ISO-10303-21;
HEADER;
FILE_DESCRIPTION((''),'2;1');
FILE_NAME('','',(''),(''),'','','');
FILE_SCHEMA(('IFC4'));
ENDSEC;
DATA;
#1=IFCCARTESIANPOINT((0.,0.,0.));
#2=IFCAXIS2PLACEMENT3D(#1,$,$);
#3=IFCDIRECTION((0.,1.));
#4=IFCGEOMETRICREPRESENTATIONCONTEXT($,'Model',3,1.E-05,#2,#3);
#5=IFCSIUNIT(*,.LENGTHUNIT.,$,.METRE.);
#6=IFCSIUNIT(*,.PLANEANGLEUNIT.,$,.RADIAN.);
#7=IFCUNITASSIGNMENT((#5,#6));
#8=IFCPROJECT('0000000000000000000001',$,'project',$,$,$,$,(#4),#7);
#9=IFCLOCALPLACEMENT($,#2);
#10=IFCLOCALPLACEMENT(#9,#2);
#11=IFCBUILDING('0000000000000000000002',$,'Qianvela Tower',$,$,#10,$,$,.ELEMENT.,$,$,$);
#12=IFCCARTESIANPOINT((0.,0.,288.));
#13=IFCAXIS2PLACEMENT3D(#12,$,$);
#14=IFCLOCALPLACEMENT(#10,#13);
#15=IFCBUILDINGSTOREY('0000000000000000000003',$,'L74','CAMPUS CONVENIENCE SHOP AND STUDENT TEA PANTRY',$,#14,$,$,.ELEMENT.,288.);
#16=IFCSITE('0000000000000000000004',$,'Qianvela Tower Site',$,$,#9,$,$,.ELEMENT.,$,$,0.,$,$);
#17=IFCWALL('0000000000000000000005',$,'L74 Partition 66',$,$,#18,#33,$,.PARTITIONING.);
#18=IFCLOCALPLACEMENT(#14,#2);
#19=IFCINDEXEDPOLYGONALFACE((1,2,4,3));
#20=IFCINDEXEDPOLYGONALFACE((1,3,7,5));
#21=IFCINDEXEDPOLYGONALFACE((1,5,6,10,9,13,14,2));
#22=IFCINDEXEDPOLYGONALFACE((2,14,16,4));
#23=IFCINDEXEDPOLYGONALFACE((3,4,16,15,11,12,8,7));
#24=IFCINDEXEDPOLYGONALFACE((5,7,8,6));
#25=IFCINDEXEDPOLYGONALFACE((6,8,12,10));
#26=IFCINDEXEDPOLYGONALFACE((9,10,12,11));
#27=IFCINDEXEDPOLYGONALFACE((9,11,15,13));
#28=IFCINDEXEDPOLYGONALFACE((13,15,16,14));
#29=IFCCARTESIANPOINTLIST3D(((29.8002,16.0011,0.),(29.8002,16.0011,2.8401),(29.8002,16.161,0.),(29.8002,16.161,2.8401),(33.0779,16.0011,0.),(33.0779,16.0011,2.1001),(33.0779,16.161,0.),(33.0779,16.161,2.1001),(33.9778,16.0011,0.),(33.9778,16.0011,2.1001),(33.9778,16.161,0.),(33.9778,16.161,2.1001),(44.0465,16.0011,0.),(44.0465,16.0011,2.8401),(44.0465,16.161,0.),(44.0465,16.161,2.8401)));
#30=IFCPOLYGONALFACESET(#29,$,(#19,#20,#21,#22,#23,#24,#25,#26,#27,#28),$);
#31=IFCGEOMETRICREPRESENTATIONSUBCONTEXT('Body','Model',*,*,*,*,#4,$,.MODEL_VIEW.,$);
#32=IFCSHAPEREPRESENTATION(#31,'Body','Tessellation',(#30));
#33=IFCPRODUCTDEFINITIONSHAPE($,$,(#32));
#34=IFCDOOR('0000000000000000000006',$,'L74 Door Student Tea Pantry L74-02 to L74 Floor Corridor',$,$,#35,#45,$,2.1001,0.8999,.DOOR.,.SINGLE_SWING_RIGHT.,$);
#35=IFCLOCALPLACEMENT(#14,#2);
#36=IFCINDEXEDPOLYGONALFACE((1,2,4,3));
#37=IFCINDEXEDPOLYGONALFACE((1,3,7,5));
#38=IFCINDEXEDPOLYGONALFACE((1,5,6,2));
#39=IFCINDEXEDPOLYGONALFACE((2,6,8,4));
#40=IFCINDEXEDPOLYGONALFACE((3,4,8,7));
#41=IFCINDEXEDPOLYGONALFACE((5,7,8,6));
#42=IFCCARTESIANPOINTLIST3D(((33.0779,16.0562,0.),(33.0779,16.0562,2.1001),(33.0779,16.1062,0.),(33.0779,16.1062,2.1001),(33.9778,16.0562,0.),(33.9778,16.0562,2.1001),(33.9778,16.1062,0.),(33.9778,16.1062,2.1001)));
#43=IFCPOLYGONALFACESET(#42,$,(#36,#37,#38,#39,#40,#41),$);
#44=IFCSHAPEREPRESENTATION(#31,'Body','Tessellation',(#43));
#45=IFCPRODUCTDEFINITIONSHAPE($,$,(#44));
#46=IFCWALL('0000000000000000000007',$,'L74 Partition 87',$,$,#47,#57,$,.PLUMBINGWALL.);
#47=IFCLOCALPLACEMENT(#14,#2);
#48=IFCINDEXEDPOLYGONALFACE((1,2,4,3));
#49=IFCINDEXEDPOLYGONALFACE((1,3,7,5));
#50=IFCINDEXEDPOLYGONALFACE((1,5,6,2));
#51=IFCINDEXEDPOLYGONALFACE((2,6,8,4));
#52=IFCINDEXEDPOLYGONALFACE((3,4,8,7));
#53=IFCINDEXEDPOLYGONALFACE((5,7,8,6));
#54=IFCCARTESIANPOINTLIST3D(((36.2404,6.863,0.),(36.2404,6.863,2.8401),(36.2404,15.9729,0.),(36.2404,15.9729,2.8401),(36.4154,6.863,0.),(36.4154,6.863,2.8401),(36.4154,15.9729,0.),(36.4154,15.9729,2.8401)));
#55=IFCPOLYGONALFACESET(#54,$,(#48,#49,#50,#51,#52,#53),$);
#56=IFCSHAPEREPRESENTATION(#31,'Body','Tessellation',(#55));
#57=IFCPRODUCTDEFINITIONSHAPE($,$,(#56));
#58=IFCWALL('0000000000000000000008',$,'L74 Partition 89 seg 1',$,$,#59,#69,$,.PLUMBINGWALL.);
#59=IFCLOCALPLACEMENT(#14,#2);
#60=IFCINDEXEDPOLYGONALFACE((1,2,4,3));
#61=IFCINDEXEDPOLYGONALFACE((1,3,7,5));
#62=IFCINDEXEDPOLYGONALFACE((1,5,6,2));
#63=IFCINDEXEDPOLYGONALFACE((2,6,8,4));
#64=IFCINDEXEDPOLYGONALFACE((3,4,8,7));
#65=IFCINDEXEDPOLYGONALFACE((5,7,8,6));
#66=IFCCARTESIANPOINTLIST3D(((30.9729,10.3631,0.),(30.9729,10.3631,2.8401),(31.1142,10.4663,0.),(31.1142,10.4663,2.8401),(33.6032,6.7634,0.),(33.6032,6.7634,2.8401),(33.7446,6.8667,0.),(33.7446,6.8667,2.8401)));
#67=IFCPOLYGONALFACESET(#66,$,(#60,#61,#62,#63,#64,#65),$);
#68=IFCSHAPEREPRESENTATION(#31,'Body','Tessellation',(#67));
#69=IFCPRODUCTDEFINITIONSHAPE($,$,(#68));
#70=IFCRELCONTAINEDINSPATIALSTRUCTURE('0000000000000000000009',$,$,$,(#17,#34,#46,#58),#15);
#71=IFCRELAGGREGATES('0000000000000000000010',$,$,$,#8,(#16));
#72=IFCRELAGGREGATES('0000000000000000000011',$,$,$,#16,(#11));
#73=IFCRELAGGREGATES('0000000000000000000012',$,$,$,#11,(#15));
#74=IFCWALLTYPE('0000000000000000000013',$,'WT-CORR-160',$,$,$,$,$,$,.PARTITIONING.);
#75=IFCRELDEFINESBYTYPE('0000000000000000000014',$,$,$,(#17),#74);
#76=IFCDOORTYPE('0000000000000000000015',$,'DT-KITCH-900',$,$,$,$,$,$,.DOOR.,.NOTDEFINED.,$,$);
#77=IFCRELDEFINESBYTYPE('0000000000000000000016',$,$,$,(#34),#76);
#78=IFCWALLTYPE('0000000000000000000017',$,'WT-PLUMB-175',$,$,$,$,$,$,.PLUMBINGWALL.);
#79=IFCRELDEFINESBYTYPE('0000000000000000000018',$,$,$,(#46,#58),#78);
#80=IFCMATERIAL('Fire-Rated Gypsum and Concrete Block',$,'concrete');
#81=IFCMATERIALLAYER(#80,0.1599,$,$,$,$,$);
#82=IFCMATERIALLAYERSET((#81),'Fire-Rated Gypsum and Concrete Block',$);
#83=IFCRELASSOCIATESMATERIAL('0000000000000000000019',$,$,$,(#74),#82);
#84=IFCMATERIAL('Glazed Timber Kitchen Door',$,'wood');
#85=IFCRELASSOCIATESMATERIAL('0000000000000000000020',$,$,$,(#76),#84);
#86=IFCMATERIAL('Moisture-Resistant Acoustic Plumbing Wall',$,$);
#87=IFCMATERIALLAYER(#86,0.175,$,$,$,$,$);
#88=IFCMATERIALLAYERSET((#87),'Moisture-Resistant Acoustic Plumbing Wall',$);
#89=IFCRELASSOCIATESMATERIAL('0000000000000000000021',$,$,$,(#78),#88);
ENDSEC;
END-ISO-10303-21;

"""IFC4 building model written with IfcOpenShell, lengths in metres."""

from ifc_helpers import new_model, si_unit, direction, frame, frame_2d, origin, place, context, subcontext, project, spatial, rectangle, extrude, material, layer, layer_set, type_object, element, fill, save


model = new_model("IFC4")

# Units and contexts
model_context = context("Model", 3, precision=1e-05, world=origin(), true_north=direction((0.0, 1.0)))
body_context = subcontext(model_context, "Body", "Model", "MODEL_VIEW")
ifc_project = project(units=[si_unit("LENGTHUNIT", "METRE"), si_unit("PLANEANGLEUNIT", "RADIAN")], contexts=[model_context])

# Site, building, storey
site_placement = place(None, origin())
site = spatial("IfcSite", under=ifc_project, at=site_placement, Name="Qianvela Tower Site", CompositionType="ELEMENT", RefElevation=0.0)
building_placement = place(site_placement, origin())
building = spatial("IfcBuilding", under=site, at=building_placement, Name="Qianvela Tower", CompositionType="ELEMENT")
storey_placement = place(building_placement, frame((0.0, 0.0, 288.0)))
storey = spatial("IfcBuildingStorey", under=building, at=storey_placement, Name="L74", Description="CAMPUS CONVENIENCE SHOP AND STUDENT TEA PANTRY", CompositionType="ELEMENT", Elevation=288.0)

# Shared definitions
ifc_material_1 = material(Name="Fire-Rated Gypsum and Concrete Block", Category="concrete")
ifc_layer_1 = layer(ifc_material_1, 0.1599)
ifc_layer_set_1 = layer_set([ifc_layer_1], Name="Fire-Rated Gypsum and Concrete Block")
wall_type_1 = type_object("IfcWallType", Name="WT-CORR-160", PredefinedType="PARTITIONING", material=ifc_layer_set_1)

# Wall, opening, door
wall_1_placement = place(storey_placement, frame((44.0464, 16.0811, 0.0), z_axis=(0.0, 0.0, 1.0), x_axis=(-1.0, 0.0, 0.0)))
wall_1 = element("IfcWall", 1, at=wall_1_placement, inside=storey, type_object=wall_type_1, Name="L74 Partition 66", PredefinedType="PARTITIONING", context=body_context, shape_type="SweptSolid", body=[
    extrude(rectangle(XDim=14.2463, YDim=0.1599, at=frame_2d((7.123, 0.0))), origin(), (0.0, 0.0, 1.0), 2.8401),
])
opening_1_placement = place(wall_1_placement, frame((10.0686, 0.0, 0.0)))
opening_1 = element("IfcOpeningElement", 2, at=opening_1_placement, cuts=wall_1, PredefinedType="OPENING", context=body_context, shape_type="SweptSolid", body=[
    extrude(rectangle(XDim=0.8999, YDim=2.1001, at=frame_2d((0.45, 1.05))), frame((0.0, 0.0898, 0.0), z_axis=(0.0, -1.0, 0.0), x_axis=(1.0, 0.0, 0.0)), (0.0, 0.0, 1.0), 0.1799),
])
ifc_material_2 = material(Name="Glazed Timber Kitchen Door", Category="wood")
door_type_1 = type_object("IfcDoorType", Name="DT-KITCH-900", OperationType="NOTDEFINED", PredefinedType="DOOR", material=ifc_material_2)
door_1_placement = place(opening_1_placement, origin())
door_1 = element("IfcDoor", 3, at=door_1_placement, inside=storey, type_object=door_type_1, Name="L74 Door Student Tea Pantry L74-02 to L74 Floor Corridor", OperationType="SINGLE_SWING_RIGHT", OverallHeight=2.1001, OverallWidth=0.8999, PredefinedType="DOOR", context=body_context, shape_type="SweptSolid", body=[
    extrude(rectangle(XDim=0.8999, YDim=2.1001, at=frame_2d((0.45, 1.05))), frame((0.0, 0.0249, 0.0), z_axis=(0.0, -1.0, 0.0), x_axis=(1.0, 0.0, 0.0)), (0.0, 0.0, 1.0), 0.05),
])
fill(opening_1, door_1)

# Walls
ifc_material_3 = material(Name="Moisture-Resistant Acoustic Plumbing Wall")
ifc_layer_2 = layer(ifc_material_3, 0.175)
ifc_layer_set_2 = layer_set([ifc_layer_2], Name="Moisture-Resistant Acoustic Plumbing Wall")
wall_type_2 = type_object("IfcWallType", Name="WT-PLUMB-175", PredefinedType="PLUMBINGWALL", material=ifc_layer_set_2)
wall_2_placement = place(storey_placement, frame((36.3279, 15.9729, 0.0), z_axis=(0.0, 0.0, 1.0), x_axis=(0.0, -1.0, 0.0)))
element("IfcWall", 4, at=wall_2_placement, inside=storey, type_object=wall_type_2, Name="L74 Partition 87", PredefinedType="PLUMBINGWALL", context=body_context, shape_type="SweptSolid", body=[
    extrude(rectangle(XDim=9.1099, YDim=0.175, at=frame_2d((4.5549, 0.0))), origin(), (0.0, 0.0, 1.0), 2.8401),
])
wall_3_placement = place(storey_placement, frame((33.6738, 6.8152, 0.0), z_axis=(0.0, 0.0, 1.0), x_axis=(-0.59, 0.807403, 0.0)))
element("IfcWall", 5, at=wall_3_placement, inside=storey, type_object=wall_type_2, Name="L74 Partition 89 seg 1", PredefinedType="PLUMBINGWALL", context=body_context, shape_type="SweptSolid", body=[
    extrude(rectangle(XDim=4.4583, YDim=0.175, at=frame_2d((2.229, 0.0))), origin(), (0.0, 0.0, 1.0), 2.8401),
])

save(model, "model.ifc")
